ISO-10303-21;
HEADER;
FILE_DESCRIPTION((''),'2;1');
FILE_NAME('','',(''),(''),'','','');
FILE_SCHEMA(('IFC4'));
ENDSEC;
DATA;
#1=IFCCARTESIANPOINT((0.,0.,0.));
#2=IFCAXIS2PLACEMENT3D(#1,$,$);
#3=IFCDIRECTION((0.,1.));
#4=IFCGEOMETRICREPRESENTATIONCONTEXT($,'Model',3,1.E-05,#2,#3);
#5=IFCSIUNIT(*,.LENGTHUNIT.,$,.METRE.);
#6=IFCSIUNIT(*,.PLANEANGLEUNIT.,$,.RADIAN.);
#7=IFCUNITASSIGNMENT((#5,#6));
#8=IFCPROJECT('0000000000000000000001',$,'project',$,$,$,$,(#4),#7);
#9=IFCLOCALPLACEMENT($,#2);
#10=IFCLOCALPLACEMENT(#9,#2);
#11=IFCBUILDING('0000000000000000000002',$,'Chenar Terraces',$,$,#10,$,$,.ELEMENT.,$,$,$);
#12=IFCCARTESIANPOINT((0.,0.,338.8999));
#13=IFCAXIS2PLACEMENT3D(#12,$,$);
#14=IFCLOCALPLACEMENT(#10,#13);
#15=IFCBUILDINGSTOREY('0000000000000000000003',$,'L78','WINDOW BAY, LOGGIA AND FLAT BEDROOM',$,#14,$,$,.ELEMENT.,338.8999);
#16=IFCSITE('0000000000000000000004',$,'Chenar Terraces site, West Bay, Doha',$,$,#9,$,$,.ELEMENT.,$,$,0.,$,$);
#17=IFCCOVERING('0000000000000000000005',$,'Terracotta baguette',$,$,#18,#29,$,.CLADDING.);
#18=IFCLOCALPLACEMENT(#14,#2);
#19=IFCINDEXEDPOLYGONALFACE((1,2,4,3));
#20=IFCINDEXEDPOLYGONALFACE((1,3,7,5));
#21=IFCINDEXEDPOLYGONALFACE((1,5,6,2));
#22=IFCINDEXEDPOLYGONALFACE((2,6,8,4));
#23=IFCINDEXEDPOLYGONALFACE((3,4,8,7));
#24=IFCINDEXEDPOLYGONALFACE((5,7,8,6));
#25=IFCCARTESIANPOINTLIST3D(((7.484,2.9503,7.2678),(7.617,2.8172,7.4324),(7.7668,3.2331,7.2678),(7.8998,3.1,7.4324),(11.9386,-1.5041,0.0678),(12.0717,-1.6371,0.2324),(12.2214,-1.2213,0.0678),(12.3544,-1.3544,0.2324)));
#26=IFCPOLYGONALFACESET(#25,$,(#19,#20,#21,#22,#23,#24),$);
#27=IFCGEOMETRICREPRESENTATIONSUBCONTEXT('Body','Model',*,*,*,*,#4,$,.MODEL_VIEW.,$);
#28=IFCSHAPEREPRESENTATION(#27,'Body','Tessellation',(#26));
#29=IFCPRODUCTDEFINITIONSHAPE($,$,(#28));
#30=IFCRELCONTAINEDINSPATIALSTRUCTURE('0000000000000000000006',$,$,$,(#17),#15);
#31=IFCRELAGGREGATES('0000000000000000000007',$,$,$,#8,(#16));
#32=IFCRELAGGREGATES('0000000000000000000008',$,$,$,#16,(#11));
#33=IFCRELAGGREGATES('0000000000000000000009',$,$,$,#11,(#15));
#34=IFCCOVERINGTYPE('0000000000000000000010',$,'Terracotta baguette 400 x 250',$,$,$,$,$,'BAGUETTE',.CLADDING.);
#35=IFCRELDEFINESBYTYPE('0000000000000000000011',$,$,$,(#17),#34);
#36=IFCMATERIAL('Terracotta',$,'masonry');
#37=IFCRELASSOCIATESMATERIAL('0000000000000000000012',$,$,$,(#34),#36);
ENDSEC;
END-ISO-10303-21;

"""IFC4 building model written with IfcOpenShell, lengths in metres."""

from ifc_helpers import new_model, si_unit, direction, frame, origin, origin_2d, place, context, subcontext, project, spatial, rectangle, extrude, material, material_profile, profile_set, type_object, element, save


model = new_model("IFC4")

# Units and contexts
model_context = context("Model", 3, precision=1e-05, world=origin(), true_north=direction((0.0, 1.0)))
body_context = subcontext(model_context, "Body", "Model", "MODEL_VIEW")
ifc_project = project(units=[si_unit("LENGTHUNIT", "METRE"), si_unit("PLANEANGLEUNIT", "RADIAN")], contexts=[model_context])

# Site, building, storey
site_placement = place(None, origin())
site = spatial("IfcSite", under=ifc_project, at=site_placement, Name="Chenar Terraces site, West Bay, Doha", CompositionType="ELEMENT", RefElevation=0.0)
building_placement = place(site_placement, origin())
building = spatial("IfcBuilding", under=site, at=building_placement, Name="Chenar Terraces", CompositionType="ELEMENT")
storey_placement = place(building_placement, frame((0.0, 0.0, 338.8999)))
storey = spatial("IfcBuildingStorey", under=building, at=storey_placement, Name="L78", Description="WINDOW BAY, LOGGIA AND FLAT BEDROOM", CompositionType="ELEMENT", Elevation=338.8999)

# Covering
ifc_material_1 = material(Name="Terracotta", Category="masonry")
ifc_material_profile = material_profile(ifc_material_1, rectangle(XDim=0.3999, YDim=0.25, at=origin_2d()), Name="Terracotta baguette 400 x 250")
ifc_profile_set = profile_set([ifc_material_profile], Name="Terracotta")
covering_type = type_object("IfcCoveringType", Name="Terracotta baguette 400 x 250", ElementType="BAGUETTE", PredefinedType="CLADDING", material=ifc_profile_set)
covering_1_placement = place(storey_placement, frame((7.6919, 3.0251, 7.3501), z_axis=(0.46563, -0.465604, -0.752597), x_axis=(0.707087, 0.707126, 0.0)))
element("IfcCovering", 1, at=covering_1_placement, inside=storey, type_object=covering_type, Name="Terracotta baguette", PredefinedType="CLADDING", context=body_context, shape_type="SweptSolid", body=[
    extrude(rectangle(XDim=0.3999, YDim=0.25, at=origin_2d()), origin(), (0.0, 0.0, 1.0), 9.5669),
])

save(model, "model.ifc")
